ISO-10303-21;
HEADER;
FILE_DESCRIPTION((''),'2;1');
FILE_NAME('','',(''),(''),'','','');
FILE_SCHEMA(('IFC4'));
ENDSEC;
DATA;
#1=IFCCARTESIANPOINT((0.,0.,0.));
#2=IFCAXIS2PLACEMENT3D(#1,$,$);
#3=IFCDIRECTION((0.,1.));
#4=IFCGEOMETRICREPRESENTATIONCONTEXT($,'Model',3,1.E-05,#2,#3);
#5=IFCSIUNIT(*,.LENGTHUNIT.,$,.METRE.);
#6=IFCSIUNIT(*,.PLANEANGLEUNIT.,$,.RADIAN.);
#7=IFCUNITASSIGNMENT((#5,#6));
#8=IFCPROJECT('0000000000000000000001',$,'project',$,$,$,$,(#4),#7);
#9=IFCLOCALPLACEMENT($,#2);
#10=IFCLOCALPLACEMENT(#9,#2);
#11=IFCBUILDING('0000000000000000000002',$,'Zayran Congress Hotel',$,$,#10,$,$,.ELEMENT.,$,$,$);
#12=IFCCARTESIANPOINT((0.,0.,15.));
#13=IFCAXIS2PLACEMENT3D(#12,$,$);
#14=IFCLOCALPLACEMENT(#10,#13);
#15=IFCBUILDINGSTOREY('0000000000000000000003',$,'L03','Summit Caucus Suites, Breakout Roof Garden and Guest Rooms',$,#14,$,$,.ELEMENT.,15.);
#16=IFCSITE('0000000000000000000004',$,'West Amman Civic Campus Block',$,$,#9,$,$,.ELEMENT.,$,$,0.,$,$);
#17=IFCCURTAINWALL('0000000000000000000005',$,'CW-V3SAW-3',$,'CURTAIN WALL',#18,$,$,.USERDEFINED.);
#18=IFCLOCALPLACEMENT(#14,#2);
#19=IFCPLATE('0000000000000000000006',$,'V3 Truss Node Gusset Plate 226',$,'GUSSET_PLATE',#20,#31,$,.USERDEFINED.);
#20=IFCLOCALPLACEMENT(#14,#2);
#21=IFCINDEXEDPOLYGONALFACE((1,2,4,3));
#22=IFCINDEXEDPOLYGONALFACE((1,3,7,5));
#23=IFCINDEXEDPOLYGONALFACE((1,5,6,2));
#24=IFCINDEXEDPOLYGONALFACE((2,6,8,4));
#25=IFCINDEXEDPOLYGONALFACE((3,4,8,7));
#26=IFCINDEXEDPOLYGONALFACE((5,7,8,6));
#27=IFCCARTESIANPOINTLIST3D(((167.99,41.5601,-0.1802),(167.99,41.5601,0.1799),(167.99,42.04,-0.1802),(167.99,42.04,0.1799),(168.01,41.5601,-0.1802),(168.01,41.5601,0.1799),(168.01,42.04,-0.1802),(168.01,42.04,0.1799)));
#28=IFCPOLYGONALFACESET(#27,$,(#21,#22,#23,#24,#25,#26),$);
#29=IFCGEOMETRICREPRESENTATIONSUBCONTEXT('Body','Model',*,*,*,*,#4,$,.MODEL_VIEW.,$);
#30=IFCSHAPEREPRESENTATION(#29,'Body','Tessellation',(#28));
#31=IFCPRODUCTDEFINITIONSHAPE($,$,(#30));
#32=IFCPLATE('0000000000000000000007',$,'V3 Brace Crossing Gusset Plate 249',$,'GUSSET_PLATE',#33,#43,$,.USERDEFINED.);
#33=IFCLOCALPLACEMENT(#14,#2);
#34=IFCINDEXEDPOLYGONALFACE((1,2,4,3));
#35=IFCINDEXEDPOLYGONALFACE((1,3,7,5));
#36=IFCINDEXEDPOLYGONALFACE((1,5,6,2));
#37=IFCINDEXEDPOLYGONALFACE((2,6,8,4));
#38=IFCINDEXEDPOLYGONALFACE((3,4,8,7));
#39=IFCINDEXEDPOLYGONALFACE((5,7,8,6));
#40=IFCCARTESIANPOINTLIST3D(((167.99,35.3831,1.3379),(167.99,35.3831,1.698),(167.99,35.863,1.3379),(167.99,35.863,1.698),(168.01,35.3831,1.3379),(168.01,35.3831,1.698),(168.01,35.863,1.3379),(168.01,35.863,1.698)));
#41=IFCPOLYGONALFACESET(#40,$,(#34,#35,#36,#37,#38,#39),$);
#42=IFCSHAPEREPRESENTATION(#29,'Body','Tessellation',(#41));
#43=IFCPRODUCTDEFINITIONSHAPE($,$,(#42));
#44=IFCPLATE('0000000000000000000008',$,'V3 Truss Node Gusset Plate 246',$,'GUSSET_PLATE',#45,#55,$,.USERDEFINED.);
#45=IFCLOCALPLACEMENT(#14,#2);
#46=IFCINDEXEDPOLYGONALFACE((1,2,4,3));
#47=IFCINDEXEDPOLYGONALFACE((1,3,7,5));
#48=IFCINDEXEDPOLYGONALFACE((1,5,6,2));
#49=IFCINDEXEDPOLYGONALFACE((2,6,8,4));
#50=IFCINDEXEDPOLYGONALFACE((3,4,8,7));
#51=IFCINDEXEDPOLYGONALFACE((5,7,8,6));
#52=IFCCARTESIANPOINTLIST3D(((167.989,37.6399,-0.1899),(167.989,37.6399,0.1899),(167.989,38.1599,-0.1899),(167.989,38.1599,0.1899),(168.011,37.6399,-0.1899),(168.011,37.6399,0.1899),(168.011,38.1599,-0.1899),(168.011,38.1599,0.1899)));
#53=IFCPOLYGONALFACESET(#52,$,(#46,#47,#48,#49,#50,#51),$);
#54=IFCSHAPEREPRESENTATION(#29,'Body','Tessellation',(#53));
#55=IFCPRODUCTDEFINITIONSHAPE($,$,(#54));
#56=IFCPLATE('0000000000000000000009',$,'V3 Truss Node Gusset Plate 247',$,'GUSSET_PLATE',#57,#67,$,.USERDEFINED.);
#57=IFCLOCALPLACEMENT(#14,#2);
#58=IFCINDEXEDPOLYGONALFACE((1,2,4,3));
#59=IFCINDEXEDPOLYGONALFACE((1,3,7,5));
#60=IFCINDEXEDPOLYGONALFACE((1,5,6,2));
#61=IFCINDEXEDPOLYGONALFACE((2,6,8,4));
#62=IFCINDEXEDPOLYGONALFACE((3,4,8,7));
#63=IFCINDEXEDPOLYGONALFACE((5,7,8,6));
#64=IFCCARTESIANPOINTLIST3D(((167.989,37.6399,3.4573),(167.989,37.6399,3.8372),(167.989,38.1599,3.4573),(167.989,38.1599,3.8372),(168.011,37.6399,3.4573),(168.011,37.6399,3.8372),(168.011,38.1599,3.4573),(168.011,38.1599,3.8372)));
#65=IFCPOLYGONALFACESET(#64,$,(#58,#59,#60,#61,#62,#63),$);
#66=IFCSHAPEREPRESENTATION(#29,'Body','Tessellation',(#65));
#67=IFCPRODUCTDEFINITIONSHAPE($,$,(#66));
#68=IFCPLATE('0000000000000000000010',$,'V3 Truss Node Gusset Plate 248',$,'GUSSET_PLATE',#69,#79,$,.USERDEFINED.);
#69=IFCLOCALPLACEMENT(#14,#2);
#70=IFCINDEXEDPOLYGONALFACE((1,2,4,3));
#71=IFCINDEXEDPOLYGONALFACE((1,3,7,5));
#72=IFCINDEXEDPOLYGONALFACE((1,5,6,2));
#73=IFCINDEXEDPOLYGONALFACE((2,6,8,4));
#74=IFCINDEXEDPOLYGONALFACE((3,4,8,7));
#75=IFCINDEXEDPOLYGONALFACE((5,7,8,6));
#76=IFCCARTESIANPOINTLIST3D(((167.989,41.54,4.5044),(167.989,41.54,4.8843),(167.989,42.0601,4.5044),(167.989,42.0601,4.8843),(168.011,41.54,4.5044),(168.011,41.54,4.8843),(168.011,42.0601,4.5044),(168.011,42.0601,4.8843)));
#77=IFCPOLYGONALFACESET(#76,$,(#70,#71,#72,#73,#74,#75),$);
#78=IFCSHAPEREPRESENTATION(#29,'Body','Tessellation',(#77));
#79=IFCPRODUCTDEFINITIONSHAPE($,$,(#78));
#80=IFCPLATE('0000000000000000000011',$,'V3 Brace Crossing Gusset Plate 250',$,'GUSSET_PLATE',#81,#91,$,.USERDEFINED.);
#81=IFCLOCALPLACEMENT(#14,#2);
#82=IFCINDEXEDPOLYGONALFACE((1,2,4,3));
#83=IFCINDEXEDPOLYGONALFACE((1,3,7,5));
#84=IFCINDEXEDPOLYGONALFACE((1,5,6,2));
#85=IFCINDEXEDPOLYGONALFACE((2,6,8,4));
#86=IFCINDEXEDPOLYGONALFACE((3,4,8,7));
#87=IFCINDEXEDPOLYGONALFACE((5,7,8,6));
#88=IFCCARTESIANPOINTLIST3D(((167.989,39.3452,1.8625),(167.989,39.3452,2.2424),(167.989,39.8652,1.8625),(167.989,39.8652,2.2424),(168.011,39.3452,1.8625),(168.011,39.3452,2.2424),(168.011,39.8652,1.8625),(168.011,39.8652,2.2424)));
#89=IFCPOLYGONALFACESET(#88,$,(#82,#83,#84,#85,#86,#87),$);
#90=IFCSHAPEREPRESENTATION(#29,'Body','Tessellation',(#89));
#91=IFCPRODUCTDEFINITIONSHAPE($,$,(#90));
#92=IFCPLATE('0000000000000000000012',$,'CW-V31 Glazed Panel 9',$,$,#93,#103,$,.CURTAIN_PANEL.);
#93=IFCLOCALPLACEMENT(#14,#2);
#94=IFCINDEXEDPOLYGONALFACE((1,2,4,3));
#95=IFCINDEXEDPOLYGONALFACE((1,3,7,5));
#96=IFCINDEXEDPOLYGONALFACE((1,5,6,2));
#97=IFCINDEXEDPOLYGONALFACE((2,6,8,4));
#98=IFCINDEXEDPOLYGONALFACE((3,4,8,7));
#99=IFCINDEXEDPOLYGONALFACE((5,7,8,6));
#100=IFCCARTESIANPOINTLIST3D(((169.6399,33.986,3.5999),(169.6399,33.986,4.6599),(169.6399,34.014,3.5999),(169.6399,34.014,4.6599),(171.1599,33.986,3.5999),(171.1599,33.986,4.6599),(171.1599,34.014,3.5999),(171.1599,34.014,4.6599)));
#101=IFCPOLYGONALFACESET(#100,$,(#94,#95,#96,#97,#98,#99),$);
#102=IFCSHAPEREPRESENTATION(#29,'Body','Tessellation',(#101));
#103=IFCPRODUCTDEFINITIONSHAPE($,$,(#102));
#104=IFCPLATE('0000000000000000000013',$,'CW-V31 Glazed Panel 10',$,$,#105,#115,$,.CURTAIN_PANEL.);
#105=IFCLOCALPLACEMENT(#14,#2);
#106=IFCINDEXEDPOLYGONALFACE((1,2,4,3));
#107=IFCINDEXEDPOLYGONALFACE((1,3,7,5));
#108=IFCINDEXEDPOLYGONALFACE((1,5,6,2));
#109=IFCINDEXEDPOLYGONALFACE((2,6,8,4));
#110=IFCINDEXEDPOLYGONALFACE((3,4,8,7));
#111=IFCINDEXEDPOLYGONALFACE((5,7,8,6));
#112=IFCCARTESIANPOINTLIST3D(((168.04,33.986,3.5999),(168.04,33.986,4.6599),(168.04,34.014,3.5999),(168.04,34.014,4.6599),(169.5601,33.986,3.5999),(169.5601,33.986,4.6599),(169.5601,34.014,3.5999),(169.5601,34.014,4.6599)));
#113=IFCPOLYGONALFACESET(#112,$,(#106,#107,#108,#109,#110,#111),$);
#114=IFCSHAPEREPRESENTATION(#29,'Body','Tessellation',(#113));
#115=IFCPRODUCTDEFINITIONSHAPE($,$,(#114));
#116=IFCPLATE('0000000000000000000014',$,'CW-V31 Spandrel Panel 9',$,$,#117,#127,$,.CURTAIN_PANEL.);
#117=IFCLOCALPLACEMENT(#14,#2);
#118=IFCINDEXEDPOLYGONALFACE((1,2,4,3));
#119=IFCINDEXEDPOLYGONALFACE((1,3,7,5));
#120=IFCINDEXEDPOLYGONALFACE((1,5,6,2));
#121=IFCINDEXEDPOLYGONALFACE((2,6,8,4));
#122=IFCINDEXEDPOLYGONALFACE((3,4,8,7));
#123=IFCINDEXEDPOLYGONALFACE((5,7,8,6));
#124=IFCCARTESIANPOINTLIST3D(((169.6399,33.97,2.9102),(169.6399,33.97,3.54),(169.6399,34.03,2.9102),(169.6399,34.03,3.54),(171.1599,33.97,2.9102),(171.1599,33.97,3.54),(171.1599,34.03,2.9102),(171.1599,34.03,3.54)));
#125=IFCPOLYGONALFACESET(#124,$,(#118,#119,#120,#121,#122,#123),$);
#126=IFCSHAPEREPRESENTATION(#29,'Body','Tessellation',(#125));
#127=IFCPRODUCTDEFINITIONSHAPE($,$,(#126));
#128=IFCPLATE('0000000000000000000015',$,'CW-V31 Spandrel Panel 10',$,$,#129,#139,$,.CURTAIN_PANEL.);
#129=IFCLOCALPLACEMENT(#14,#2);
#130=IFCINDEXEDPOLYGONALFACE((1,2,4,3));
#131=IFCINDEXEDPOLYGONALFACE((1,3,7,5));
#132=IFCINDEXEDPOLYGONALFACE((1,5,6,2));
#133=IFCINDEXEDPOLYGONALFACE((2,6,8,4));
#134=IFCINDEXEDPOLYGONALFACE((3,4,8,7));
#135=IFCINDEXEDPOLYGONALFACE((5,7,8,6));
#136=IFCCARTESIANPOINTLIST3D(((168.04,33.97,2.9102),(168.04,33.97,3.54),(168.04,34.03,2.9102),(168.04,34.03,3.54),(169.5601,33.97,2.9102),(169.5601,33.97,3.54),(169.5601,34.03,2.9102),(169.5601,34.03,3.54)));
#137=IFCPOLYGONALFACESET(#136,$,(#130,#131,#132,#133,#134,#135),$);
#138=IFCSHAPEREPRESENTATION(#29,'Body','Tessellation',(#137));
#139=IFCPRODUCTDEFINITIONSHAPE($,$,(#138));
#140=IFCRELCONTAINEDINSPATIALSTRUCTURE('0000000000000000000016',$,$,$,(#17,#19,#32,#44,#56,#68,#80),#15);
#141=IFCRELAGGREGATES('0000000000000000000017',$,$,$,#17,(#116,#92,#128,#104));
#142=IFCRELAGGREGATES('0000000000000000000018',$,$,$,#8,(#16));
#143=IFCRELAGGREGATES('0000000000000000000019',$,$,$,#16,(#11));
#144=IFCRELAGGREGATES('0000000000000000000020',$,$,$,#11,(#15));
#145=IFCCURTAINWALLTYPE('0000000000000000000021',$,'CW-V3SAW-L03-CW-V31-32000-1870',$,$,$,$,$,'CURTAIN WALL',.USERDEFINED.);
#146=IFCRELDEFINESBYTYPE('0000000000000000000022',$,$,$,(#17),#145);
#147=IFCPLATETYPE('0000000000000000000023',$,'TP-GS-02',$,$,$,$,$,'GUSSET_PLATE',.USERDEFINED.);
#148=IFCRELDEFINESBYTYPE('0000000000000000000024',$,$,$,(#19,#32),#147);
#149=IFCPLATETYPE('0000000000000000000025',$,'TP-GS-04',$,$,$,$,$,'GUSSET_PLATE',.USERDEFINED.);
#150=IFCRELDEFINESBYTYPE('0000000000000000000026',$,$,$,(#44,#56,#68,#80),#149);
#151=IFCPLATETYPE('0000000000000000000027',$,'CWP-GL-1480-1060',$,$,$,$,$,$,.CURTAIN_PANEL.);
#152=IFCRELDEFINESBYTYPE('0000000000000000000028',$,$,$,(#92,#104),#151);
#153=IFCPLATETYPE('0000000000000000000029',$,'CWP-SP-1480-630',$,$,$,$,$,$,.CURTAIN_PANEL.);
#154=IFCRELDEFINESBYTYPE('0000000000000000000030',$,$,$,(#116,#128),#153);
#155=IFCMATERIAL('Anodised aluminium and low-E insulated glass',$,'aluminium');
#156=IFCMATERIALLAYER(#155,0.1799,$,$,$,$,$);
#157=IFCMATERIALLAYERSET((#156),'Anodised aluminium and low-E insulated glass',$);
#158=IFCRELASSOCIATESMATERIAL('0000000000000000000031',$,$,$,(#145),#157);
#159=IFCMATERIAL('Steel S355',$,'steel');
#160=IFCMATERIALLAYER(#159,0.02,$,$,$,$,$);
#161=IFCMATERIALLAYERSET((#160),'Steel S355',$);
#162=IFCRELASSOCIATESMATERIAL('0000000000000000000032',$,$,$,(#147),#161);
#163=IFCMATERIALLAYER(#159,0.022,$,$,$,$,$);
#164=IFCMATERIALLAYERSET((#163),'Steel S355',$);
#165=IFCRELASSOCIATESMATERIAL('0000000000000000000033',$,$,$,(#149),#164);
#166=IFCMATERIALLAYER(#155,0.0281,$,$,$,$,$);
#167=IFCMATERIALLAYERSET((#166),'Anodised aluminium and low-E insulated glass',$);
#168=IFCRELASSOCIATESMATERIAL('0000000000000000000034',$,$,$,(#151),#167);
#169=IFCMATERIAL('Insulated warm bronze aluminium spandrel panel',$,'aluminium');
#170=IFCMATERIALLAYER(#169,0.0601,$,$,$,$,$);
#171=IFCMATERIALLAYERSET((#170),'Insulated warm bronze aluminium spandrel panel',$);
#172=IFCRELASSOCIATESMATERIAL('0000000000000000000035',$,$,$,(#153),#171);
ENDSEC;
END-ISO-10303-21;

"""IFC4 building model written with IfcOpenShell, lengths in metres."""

from ifc_helpers import new_model, si_unit, direction, frame, origin, origin_2d, place, context, subcontext, project, spatial, rectangle, extrude, material, layer, layer_set, type_object, element, aggregate, save


model = new_model("IFC4")

# Units and contexts
model_context = context("Model", 3, precision=1e-05, world=origin(), true_north=direction((0.0, 1.0)))
body_context = subcontext(model_context, "Body", "Model", "MODEL_VIEW")
ifc_project = project(units=[si_unit("LENGTHUNIT", "METRE"), si_unit("PLANEANGLEUNIT", "RADIAN")], contexts=[model_context])

# Site, building, storey
site_placement = place(None, origin())
site = spatial("IfcSite", under=ifc_project, at=site_placement, Name="West Amman Civic Campus Block", CompositionType="ELEMENT", RefElevation=0.0)
building_placement = place(site_placement, origin())
building = spatial("IfcBuilding", under=site, at=building_placement, Name="Zayran Congress Hotel", CompositionType="ELEMENT")
storey_placement = place(building_placement, frame((0.0, 0.0, 15.0)))
storey = spatial("IfcBuildingStorey", under=building, at=storey_placement, Name="L03", Description="Summit Caucus Suites, Breakout Roof Garden and Guest Rooms", CompositionType="ELEMENT", Elevation=15.0)

# Shared definitions
ifc_material_1 = material(Name="Steel S355", Category="steel")

# Curtain wall
ifc_material_2 = material(Name="Anodised aluminium and low-E insulated glass", Category="aluminium")
ifc_layer_1 = layer(ifc_material_2, 0.1799)
ifc_layer_set_1 = layer_set([ifc_layer_1], Name="Anodised aluminium and low-E insulated glass")
curtain_wall_type = type_object("IfcCurtainWallType", Name="CW-V3SAW-L03-CW-V31-32000-1870", ElementType="CURTAIN WALL", PredefinedType="USERDEFINED", material=ifc_layer_set_1)
curtain_wall_placement = place(storey_placement, origin())
curtain_wall = element("IfcCurtainWall", 1, at=curtain_wall_placement, inside=storey, type_object=curtain_wall_type, Name="CW-V3SAW-3", ObjectType="CURTAIN WALL", PredefinedType="USERDEFINED")

# Plates
ifc_layer_2 = layer(ifc_material_1, 0.02)
ifc_layer_set_2 = layer_set([ifc_layer_2], Name="Steel S355")
plate_type_1 = type_object("IfcPlateType", Name="TP-GS-02", ElementType="GUSSET_PLATE", PredefinedType="USERDEFINED", material=ifc_layer_set_2)
for number, where, z_axis, x_axis, name in (
    (2, (168.0, 41.8, -0.1802), (0.0, 0.0, 1.0), (0.0, 1.0, 0.0), "V3 Truss Node Gusset Plate 226"),
    (3, (168.0, 35.623, 1.3379), (0.0, 0.0, 1.0), (0.0, 1.0, 0.0), "V3 Brace Crossing Gusset Plate 249"),
):
    element("IfcPlate", number, at=place(storey_placement, frame(where, z_axis=z_axis, x_axis=x_axis)), inside=storey, type_object=plate_type_1, Name=name, ObjectType="GUSSET_PLATE", PredefinedType="USERDEFINED", context=body_context, shape_type="SweptSolid", body=[
        extrude(rectangle(XDim=0.48, YDim=0.02, at=origin_2d()), origin(), (0.0, 0.0, 1.0), 0.3601),
    ])
ifc_layer_3 = layer(ifc_material_1, 0.022)
ifc_layer_set_3 = layer_set([ifc_layer_3], Name="Steel S355")
plate_type_2 = type_object("IfcPlateType", Name="TP-GS-04", ElementType="GUSSET_PLATE", PredefinedType="USERDEFINED", material=ifc_layer_set_3)
for number, where, z_axis, x_axis, name in (
    (4, (168.0, 37.8999, -0.1899), (0.0, 0.0, 1.0), (0.0, 1.0, 0.0), "V3 Truss Node Gusset Plate 246"),
    (5, (168.0, 37.8999, 3.4573), (0.0, 0.0, 1.0), (0.0, 1.0, 0.0), "V3 Truss Node Gusset Plate 247"),
    (6, (168.0, 41.8, 4.5044), (0.0, 0.0, 1.0), (0.0, 1.0, 0.0), "V3 Truss Node Gusset Plate 248"),
    (7, (168.0, 39.6052, 1.8625), (0.0, 0.0, 1.0), (0.0, 1.0, 0.0), "V3 Brace Crossing Gusset Plate 250"),
):
    element("IfcPlate", number, at=place(storey_placement, frame(where, z_axis=z_axis, x_axis=x_axis)), inside=storey, type_object=plate_type_2, Name=name, ObjectType="GUSSET_PLATE", PredefinedType="USERDEFINED", context=body_context, shape_type="SweptSolid", body=[
        extrude(rectangle(XDim=0.52, YDim=0.022, at=origin_2d()), origin(), (0.0, 0.0, 1.0), 0.3799),
    ])

# Plates
ifc_layer_4 = layer(ifc_material_2, 0.0281)
ifc_layer_set_4 = layer_set([ifc_layer_4], Name="Anodised aluminium and low-E insulated glass")
plate_type_3 = type_object("IfcPlateType", Name="CWP-GL-1480-1060", PredefinedType="CURTAIN_PANEL", material=ifc_layer_set_4)
plate_1_placement = place(storey_placement, frame((170.3999, 34.0, 3.5999), z_axis=(0.0, 0.0, 1.0), x_axis=(1.0, 0.0, 0.0)))
plate_1 = element("IfcPlate", 8, at=plate_1_placement, type_object=plate_type_3, Name="CW-V31 Glazed Panel 9", PredefinedType="CURTAIN_PANEL", context=body_context, shape_type="SweptSolid", body=[
    extrude(rectangle(XDim=1.52, YDim=0.0281, at=origin_2d()), origin(), (0.0, 0.0, 1.0), 1.0601),
])
plate_2_placement = place(storey_placement, frame((168.8, 34.0, 3.5999), z_axis=(0.0, 0.0, 1.0), x_axis=(1.0, 0.0, 0.0)))
plate_2 = element("IfcPlate", 9, at=plate_2_placement, type_object=plate_type_3, Name="CW-V31 Glazed Panel 10", PredefinedType="CURTAIN_PANEL", context=body_context, shape_type="SweptSolid", body=[
    extrude(rectangle(XDim=1.52, YDim=0.0281, at=origin_2d()), origin(), (0.0, 0.0, 1.0), 1.0601),
])
ifc_material_3 = material(Name="Insulated warm bronze aluminium spandrel panel", Category="aluminium")
ifc_layer_5 = layer(ifc_material_3, 0.0601)
ifc_layer_set_5 = layer_set([ifc_layer_5], Name="Insulated warm bronze aluminium spandrel panel")
plate_type_4 = type_object("IfcPlateType", Name="CWP-SP-1480-630", PredefinedType="CURTAIN_PANEL", material=ifc_layer_set_5)
plate_3_placement = place(storey_placement, frame((170.3999, 34.0, 2.9102), z_axis=(0.0, 0.0, 1.0), x_axis=(1.0, 0.0, 0.0)))
plate_3 = element("IfcPlate", 10, at=plate_3_placement, type_object=plate_type_4, Name="CW-V31 Spandrel Panel 9", PredefinedType="CURTAIN_PANEL", context=body_context, shape_type="SweptSolid", body=[
    extrude(rectangle(XDim=1.52, YDim=0.0601, at=origin_2d()), origin(), (0.0, 0.0, 1.0), 0.6299),
])
plate_4_placement = place(storey_placement, frame((168.8, 34.0, 2.9102), z_axis=(0.0, 0.0, 1.0), x_axis=(1.0, 0.0, 0.0)))
plate_4 = element("IfcPlate", 11, at=plate_4_placement, type_object=plate_type_4, Name="CW-V31 Spandrel Panel 10", PredefinedType="CURTAIN_PANEL", context=body_context, shape_type="SweptSolid", body=[
    extrude(rectangle(XDim=1.52, YDim=0.0601, at=origin_2d()), origin(), (0.0, 0.0, 1.0), 0.6299),
])
aggregate(curtain_wall, [plate_3, plate_1, plate_4, plate_2])

save(model, "model.ifc")
